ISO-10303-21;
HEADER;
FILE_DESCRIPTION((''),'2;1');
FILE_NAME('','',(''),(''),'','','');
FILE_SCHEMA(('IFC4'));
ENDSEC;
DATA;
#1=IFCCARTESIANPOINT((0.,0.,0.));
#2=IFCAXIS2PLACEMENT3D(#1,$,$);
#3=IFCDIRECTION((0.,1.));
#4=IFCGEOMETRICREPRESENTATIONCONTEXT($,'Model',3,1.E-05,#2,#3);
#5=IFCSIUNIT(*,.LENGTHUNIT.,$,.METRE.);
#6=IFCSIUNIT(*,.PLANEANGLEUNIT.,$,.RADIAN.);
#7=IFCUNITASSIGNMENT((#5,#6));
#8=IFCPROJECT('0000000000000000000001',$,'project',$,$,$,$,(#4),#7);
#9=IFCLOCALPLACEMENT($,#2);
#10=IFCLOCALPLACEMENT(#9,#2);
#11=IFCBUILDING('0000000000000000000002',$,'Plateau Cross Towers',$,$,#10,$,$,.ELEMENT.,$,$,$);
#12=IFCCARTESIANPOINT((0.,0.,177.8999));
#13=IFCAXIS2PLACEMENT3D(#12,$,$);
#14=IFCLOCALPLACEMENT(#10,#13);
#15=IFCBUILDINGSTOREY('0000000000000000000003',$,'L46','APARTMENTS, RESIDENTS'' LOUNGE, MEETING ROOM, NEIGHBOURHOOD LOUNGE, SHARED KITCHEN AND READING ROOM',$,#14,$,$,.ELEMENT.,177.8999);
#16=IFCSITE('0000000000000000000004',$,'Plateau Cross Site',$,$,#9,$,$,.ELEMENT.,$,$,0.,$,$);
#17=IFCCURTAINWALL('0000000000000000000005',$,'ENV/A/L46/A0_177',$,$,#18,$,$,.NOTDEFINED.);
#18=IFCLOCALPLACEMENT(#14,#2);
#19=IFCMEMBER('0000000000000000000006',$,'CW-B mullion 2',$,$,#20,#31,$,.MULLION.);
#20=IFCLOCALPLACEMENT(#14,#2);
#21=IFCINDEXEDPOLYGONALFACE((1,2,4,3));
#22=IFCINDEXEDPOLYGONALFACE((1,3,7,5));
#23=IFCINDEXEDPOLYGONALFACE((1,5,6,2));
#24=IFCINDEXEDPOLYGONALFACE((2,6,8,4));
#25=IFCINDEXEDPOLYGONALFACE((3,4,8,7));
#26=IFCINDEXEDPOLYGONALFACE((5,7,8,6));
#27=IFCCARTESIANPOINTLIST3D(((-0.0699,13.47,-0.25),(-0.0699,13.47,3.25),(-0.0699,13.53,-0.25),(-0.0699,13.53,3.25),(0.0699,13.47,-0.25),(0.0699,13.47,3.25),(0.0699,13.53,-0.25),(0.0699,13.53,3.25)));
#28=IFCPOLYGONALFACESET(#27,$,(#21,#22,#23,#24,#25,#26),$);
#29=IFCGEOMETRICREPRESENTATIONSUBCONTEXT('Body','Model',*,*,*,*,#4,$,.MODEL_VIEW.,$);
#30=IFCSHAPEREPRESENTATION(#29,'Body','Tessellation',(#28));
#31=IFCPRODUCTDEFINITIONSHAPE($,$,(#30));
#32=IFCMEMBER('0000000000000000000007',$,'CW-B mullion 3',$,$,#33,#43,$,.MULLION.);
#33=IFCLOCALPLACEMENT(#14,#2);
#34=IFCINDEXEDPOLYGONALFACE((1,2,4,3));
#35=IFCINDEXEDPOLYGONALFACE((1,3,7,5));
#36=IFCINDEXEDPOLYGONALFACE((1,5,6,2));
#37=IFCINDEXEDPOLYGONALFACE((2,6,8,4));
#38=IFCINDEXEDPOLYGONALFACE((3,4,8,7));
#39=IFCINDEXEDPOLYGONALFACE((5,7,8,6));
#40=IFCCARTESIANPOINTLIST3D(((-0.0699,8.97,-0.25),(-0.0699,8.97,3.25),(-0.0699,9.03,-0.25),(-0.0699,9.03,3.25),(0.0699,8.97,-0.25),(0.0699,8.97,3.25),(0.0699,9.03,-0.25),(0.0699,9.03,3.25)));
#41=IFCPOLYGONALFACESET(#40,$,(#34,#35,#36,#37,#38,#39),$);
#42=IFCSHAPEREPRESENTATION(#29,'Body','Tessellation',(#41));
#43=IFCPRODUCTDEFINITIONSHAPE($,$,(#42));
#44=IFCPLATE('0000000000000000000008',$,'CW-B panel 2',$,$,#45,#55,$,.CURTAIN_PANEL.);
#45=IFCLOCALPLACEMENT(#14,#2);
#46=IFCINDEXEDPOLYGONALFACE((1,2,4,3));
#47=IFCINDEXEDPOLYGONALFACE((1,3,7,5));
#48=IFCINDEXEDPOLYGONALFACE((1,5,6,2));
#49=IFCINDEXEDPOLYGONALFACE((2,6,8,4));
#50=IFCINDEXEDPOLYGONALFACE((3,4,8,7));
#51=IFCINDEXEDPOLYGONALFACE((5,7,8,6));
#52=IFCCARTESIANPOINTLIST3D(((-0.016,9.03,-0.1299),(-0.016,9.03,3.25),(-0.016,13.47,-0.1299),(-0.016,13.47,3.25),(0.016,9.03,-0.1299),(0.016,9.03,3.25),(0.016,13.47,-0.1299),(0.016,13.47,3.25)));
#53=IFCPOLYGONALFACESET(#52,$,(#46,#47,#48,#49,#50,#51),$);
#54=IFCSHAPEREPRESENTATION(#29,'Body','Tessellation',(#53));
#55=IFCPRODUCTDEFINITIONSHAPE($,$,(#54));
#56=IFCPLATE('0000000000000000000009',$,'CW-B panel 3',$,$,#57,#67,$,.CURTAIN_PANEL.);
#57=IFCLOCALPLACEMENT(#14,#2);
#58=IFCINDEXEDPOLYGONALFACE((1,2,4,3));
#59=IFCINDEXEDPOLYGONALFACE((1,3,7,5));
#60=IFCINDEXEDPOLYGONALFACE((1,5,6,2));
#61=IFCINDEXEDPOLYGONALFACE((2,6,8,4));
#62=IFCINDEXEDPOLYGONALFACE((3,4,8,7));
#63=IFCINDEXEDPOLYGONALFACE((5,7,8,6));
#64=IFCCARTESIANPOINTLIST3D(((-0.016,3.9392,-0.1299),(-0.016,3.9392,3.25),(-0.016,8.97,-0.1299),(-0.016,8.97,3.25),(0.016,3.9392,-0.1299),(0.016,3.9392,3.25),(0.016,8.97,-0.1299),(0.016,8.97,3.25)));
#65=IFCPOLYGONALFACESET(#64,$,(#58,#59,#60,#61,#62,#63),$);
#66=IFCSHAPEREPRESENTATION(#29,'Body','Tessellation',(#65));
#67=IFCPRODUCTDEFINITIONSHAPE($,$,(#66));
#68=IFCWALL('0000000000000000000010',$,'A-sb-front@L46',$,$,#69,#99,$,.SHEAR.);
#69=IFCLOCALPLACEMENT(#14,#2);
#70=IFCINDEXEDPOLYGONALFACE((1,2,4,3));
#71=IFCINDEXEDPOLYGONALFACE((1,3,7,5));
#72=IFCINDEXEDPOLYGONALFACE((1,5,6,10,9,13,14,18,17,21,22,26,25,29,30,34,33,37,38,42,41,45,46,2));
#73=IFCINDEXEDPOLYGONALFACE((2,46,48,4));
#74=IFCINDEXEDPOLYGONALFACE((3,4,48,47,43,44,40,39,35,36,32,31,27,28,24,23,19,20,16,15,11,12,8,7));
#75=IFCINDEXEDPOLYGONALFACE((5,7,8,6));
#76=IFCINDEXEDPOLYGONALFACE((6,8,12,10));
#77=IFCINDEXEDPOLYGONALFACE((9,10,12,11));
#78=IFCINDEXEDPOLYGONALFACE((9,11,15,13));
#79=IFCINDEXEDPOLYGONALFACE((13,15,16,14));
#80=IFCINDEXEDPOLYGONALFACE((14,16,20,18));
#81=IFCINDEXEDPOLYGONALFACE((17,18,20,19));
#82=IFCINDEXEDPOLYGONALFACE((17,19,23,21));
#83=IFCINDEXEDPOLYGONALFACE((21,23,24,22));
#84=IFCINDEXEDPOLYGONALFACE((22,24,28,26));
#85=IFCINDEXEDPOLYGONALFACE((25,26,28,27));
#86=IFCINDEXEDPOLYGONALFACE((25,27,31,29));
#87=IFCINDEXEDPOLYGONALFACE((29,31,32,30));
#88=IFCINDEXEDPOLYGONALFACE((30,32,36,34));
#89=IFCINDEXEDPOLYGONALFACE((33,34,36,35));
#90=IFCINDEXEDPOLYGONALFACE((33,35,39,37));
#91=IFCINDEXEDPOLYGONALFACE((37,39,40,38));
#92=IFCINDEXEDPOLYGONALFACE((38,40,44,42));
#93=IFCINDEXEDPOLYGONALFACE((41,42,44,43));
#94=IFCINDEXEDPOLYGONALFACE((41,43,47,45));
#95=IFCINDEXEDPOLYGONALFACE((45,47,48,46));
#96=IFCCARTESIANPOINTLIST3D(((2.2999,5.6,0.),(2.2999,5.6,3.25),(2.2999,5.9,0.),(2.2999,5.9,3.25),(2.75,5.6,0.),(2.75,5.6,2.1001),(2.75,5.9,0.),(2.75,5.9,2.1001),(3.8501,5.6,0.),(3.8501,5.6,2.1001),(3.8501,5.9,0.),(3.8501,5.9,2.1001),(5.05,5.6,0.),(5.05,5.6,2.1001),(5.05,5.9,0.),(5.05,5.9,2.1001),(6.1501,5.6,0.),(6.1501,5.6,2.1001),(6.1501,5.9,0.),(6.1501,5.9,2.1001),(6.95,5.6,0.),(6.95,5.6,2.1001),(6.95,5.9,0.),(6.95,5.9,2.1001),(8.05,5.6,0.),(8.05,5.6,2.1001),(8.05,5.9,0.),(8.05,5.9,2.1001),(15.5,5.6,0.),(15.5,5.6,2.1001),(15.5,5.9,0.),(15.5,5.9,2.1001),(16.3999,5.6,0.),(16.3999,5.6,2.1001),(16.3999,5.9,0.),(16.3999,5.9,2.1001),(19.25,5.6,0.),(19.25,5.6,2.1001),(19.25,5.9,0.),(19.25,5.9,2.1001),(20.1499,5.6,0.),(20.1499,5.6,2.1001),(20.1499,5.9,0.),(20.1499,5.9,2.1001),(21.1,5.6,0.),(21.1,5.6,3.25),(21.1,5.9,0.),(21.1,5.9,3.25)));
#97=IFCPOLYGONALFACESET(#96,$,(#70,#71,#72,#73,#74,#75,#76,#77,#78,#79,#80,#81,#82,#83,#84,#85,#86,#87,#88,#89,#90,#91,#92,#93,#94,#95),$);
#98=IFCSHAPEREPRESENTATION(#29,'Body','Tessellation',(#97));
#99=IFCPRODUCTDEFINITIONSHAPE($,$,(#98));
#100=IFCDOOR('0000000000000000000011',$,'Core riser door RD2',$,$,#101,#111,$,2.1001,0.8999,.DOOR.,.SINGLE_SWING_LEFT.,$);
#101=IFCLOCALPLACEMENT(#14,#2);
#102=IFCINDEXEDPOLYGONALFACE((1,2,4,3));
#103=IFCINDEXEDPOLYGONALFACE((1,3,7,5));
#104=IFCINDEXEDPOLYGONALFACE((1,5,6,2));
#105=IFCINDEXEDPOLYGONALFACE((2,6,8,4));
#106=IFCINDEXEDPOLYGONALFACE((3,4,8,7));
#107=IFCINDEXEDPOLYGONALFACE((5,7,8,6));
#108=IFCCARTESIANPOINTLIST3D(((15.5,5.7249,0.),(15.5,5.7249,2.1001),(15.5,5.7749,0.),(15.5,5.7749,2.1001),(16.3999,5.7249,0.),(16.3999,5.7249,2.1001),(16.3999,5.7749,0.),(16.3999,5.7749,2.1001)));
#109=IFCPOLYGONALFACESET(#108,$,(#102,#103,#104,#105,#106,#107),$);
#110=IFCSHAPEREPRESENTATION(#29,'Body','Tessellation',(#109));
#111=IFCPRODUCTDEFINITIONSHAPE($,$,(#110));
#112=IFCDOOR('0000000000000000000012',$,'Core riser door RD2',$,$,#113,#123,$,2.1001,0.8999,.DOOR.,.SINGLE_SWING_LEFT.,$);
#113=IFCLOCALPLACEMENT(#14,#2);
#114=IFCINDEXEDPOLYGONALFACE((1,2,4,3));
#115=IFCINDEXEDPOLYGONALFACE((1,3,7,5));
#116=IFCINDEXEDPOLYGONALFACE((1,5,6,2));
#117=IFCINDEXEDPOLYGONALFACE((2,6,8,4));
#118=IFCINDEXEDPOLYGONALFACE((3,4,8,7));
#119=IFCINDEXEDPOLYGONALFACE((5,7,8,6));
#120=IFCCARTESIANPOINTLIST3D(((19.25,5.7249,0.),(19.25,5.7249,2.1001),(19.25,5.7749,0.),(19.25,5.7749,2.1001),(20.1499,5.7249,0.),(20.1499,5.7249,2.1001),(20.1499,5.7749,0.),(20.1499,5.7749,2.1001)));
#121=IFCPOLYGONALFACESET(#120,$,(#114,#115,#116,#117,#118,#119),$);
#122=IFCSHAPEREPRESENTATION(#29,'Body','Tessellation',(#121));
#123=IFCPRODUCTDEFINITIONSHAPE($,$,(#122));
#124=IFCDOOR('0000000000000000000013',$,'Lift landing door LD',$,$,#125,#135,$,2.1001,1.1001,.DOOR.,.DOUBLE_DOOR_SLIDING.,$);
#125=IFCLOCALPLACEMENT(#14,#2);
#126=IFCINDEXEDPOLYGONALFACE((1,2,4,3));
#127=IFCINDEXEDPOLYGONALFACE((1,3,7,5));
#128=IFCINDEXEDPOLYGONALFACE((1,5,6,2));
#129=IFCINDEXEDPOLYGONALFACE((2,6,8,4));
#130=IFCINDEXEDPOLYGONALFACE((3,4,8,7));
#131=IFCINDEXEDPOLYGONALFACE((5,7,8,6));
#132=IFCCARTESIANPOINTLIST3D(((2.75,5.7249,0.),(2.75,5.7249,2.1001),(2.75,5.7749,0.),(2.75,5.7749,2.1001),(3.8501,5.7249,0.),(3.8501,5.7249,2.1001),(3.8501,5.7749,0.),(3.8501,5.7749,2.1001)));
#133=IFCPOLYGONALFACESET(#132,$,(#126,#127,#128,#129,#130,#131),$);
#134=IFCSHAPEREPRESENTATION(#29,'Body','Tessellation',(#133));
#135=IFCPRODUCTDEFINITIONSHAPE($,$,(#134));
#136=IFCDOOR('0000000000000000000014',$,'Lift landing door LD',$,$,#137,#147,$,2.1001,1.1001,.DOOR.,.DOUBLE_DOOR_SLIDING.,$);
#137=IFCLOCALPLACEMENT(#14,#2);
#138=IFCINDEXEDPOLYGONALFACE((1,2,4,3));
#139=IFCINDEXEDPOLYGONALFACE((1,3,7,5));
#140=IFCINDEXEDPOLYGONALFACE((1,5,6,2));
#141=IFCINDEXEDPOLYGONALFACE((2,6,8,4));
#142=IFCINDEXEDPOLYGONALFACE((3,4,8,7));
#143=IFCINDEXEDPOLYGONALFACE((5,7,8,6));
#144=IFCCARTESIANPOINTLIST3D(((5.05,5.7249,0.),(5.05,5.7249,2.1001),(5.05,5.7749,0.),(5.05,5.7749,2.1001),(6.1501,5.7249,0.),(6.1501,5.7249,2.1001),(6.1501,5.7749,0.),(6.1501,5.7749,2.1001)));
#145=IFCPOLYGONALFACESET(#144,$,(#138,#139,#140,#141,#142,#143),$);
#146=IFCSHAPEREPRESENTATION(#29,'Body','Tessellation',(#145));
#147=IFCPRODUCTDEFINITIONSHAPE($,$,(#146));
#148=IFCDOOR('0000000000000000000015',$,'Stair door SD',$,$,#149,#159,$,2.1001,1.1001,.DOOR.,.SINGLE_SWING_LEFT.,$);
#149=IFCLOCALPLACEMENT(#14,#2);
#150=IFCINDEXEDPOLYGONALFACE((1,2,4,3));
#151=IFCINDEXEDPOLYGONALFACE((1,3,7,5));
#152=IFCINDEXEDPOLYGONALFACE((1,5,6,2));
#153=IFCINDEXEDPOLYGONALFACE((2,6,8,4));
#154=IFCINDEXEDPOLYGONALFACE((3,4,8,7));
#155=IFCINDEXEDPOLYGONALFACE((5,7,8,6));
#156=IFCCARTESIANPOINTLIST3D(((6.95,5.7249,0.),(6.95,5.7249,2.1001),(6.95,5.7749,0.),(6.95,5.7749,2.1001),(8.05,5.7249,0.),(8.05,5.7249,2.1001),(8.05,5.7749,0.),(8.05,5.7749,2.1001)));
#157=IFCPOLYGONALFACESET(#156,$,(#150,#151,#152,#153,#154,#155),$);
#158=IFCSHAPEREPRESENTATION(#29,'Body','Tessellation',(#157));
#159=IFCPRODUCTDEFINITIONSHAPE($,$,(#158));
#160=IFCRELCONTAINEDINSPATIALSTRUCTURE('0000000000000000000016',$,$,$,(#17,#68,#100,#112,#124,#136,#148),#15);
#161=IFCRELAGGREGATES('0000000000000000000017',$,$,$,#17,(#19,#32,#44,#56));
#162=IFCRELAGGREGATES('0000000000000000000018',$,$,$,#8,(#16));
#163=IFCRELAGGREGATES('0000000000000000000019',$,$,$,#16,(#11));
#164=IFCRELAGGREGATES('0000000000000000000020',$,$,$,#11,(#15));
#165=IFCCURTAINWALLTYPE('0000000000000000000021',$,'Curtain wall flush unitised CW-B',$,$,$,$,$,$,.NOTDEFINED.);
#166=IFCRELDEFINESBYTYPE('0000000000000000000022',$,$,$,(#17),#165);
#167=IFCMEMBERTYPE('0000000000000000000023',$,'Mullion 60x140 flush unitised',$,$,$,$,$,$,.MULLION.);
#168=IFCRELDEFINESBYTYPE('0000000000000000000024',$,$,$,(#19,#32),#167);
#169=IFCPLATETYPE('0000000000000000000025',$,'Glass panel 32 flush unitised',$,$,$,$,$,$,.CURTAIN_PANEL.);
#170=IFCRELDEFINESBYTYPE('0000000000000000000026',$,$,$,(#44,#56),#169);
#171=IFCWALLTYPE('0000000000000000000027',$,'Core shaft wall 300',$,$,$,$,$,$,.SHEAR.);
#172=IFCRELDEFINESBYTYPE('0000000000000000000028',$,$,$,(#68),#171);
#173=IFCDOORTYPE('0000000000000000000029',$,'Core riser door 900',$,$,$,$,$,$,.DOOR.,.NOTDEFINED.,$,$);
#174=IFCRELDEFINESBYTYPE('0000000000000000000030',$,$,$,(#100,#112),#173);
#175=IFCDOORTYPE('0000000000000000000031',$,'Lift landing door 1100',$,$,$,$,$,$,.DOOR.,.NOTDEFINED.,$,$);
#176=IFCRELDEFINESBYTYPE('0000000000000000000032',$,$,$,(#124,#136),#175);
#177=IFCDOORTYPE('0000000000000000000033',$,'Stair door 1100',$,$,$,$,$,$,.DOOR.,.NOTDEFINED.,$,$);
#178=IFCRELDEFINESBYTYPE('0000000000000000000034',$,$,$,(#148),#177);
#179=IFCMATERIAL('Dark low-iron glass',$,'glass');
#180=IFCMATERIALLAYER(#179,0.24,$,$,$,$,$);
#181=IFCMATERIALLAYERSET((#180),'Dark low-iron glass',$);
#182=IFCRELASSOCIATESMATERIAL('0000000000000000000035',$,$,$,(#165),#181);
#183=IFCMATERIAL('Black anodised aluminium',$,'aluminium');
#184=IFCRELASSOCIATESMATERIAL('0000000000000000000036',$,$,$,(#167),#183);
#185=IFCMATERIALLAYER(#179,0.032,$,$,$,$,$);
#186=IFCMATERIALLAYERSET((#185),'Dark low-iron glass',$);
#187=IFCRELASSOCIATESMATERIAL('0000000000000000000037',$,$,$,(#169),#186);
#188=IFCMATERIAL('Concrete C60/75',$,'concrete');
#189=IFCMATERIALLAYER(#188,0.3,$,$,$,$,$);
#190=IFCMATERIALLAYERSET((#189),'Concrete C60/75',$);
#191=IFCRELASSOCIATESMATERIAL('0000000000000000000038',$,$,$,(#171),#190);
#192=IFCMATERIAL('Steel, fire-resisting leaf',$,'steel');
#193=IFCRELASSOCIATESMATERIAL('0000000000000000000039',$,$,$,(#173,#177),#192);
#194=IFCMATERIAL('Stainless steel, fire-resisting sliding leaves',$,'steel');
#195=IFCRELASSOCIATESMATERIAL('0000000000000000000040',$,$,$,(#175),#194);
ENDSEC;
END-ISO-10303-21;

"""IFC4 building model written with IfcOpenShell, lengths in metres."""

from ifc_helpers import new_model, si_unit, direction, frame, frame_2d, origin, origin_2d, place, context, subcontext, project, spatial, rectangle, extrude, material, layer, layer_set, material_profile, profile_set, type_object, element, fill, aggregate, save


model = new_model("IFC4")

# Units and contexts
model_context = context("Model", 3, precision=1e-05, world=origin(), true_north=direction((0.0, 1.0)))
body_context = subcontext(model_context, "Body", "Model", "MODEL_VIEW")
ifc_project = project(units=[si_unit("LENGTHUNIT", "METRE"), si_unit("PLANEANGLEUNIT", "RADIAN")], contexts=[model_context])

# Site, building, storey
site_placement = place(None, origin())
site = spatial("IfcSite", under=ifc_project, at=site_placement, Name="Plateau Cross Site", CompositionType="ELEMENT", RefElevation=0.0)
building_placement = place(site_placement, origin())
building = spatial("IfcBuilding", under=site, at=building_placement, Name="Plateau Cross Towers", CompositionType="ELEMENT")
storey_placement = place(building_placement, frame((0.0, 0.0, 177.8999)))
storey = spatial("IfcBuildingStorey", under=building, at=storey_placement, Name="L46", Description="APARTMENTS, RESIDENTS' LOUNGE, MEETING ROOM, NEIGHBOURHOOD LOUNGE, SHARED KITCHEN AND READING ROOM", CompositionType="ELEMENT", Elevation=177.8999)

# Curtain wall, members, plates
ifc_material_1 = material(Name="Dark low-iron glass", Category="glass")
ifc_layer_1 = layer(ifc_material_1, 0.24)
ifc_layer_set_1 = layer_set([ifc_layer_1], Name="Dark low-iron glass")
curtain_wall_type = type_object("IfcCurtainWallType", Name="Curtain wall flush unitised CW-B", PredefinedType="NOTDEFINED", material=ifc_layer_set_1)
curtain_wall_placement = place(storey_placement, origin())
curtain_wall = element("IfcCurtainWall", 1, at=curtain_wall_placement, inside=storey, type_object=curtain_wall_type, Name="ENV/A/L46/A0_177", PredefinedType="NOTDEFINED")
ifc_material_2 = material(Name="Black anodised aluminium", Category="aluminium")
ifc_material_profile = material_profile(ifc_material_2, rectangle(XDim=0.0601, YDim=0.1399, at=origin_2d()), Name="MULLION 60x140")
ifc_profile_set = profile_set([ifc_material_profile], Name="Black anodised aluminium")
member_type = type_object("IfcMemberType", Name="Mullion 60x140 flush unitised", PredefinedType="MULLION", material=ifc_profile_set)
member_1_placement = place(storey_placement, frame((0.0, 13.5, -0.25), z_axis=(0.0, 0.0, 1.0), x_axis=(0.0, -1.0, 0.0)))
member_1 = element("IfcMember", 2, at=member_1_placement, type_object=member_type, Name="CW-B mullion 2", PredefinedType="MULLION", context=body_context, shape_type="SweptSolid", body=[
    extrude(rectangle(XDim=0.0601, YDim=0.1399, at=origin_2d()), origin(), (0.0, 0.0, 1.0), 3.5),
])
member_2_placement = place(storey_placement, frame((0.0, 9.0, -0.25), z_axis=(0.0, 0.0, 1.0), x_axis=(0.0, -1.0, 0.0)))
member_2 = element("IfcMember", 3, at=member_2_placement, type_object=member_type, Name="CW-B mullion 3", PredefinedType="MULLION", context=body_context, shape_type="SweptSolid", body=[
    extrude(rectangle(XDim=0.0601, YDim=0.1399, at=origin_2d()), origin(), (0.0, 0.0, 1.0), 3.5),
])
ifc_layer_2 = layer(ifc_material_1, 0.032)
ifc_layer_set_2 = layer_set([ifc_layer_2], Name="Dark low-iron glass")
plate_type = type_object("IfcPlateType", Name="Glass panel 32 flush unitised", PredefinedType="CURTAIN_PANEL", material=ifc_layer_set_2)
plate_1_placement = place(storey_placement, frame((0.0, 11.25, -0.1299), z_axis=(0.0, 0.0, 1.0), x_axis=(0.0, -1.0, 0.0)))
plate_1 = element("IfcPlate", 4, at=plate_1_placement, type_object=plate_type, Name="CW-B panel 2", PredefinedType="CURTAIN_PANEL", context=body_context, shape_type="SweptSolid", body=[
    extrude(rectangle(XDim=4.4399, YDim=0.032, at=origin_2d()), origin(), (0.0, 0.0, 1.0), 3.3799),
])
plate_2_placement = place(storey_placement, frame((0.0, 6.4546, -0.1299), z_axis=(0.0, 0.0, 1.0), x_axis=(0.0, -1.0, 0.0)))
plate_2 = element("IfcPlate", 5, at=plate_2_placement, type_object=plate_type, Name="CW-B panel 3", PredefinedType="CURTAIN_PANEL", context=body_context, shape_type="SweptSolid", body=[
    extrude(rectangle(XDim=5.0308, YDim=0.032, at=origin_2d()), origin(), (0.0, 0.0, 1.0), 3.3799),
])
aggregate(curtain_wall, [member_1, member_2, plate_1, plate_2])

# Wall, openings, doors
ifc_material_3 = material(Name="Concrete C60/75", Category="concrete")
ifc_layer_3 = layer(ifc_material_3, 0.3)
ifc_layer_set_3 = layer_set([ifc_layer_3], Name="Concrete C60/75")
wall_type = type_object("IfcWallType", Name="Core shaft wall 300", PredefinedType="SHEAR", material=ifc_layer_set_3)
wall_1_placement = place(storey_placement, frame((2.3, 5.75, 0.0), z_axis=(0.0, 0.0, 1.0), x_axis=(1.0, 0.0, 0.0)))
wall_1 = element("IfcWall", 6, at=wall_1_placement, inside=storey, type_object=wall_type, Name="A-sb-front@L46", PredefinedType="SHEAR", context=body_context, shape_type="SweptSolid", body=[
    extrude(rectangle(XDim=18.8, YDim=0.3, at=frame_2d((9.3999, 0.0))), origin(), (0.0, 0.0, 1.0), 3.25),
])
opening_1_placement = place(wall_1_placement, frame((4.6499, 0.0, 0.0)))
opening_1 = element("IfcOpeningElement", 7, at=opening_1_placement, cuts=wall_1, PredefinedType="OPENING", context=body_context, shape_type="SweptSolid", body=[
    extrude(rectangle(XDim=1.1001, YDim=2.1001, at=frame_2d((0.55, 1.05))), frame((0.0, 0.1599, 0.0), z_axis=(0.0, -1.0, 0.0), x_axis=(1.0, 0.0, 0.0)), (0.0, 0.0, 1.0), 0.3201),
])
opening_2_placement = place(wall_1_placement, frame((0.45, 0.0, 0.0)))
opening_2 = element("IfcOpeningElement", 8, at=opening_2_placement, cuts=wall_1, PredefinedType="OPENING", context=body_context, shape_type="SweptSolid", body=[
    extrude(rectangle(XDim=1.1001, YDim=2.1001, at=frame_2d((0.55, 1.05))), frame((0.0, 0.1599, 0.0), z_axis=(0.0, -1.0, 0.0), x_axis=(1.0, 0.0, 0.0)), (0.0, 0.0, 1.0), 0.3201),
])
opening_3_placement = place(wall_1_placement, frame((2.75, 0.0, 0.0)))
opening_3 = element("IfcOpeningElement", 9, at=opening_3_placement, cuts=wall_1, PredefinedType="OPENING", context=body_context, shape_type="SweptSolid", body=[
    extrude(rectangle(XDim=1.1001, YDim=2.1001, at=frame_2d((0.55, 1.05))), frame((0.0, 0.1599, 0.0), z_axis=(0.0, -1.0, 0.0), x_axis=(1.0, 0.0, 0.0)), (0.0, 0.0, 1.0), 0.3201),
])
opening_4_placement = place(wall_1_placement, frame((13.2, 0.0, 0.0)))
opening_4 = element("IfcOpeningElement", 10, at=opening_4_placement, cuts=wall_1, PredefinedType="OPENING", context=body_context, shape_type="SweptSolid", body=[
    extrude(rectangle(XDim=0.8999, YDim=2.1001, at=frame_2d((0.45, 1.05))), frame((0.0, 0.1599, 0.0), z_axis=(0.0, -1.0, 0.0), x_axis=(1.0, 0.0, 0.0)), (0.0, 0.0, 1.0), 0.3201),
])
opening_5_placement = place(wall_1_placement, frame((16.95, 0.0, 0.0)))
opening_5 = element("IfcOpeningElement", 11, at=opening_5_placement, cuts=wall_1, PredefinedType="OPENING", context=body_context, shape_type="SweptSolid", body=[
    extrude(rectangle(XDim=0.8999, YDim=2.1001, at=frame_2d((0.45, 1.05))), frame((0.0, 0.1599, 0.0), z_axis=(0.0, -1.0, 0.0), x_axis=(1.0, 0.0, 0.0)), (0.0, 0.0, 1.0), 0.3201),
])
ifc_material_4 = material(Name="Steel, fire-resisting leaf", Category="steel")
door_type_1 = type_object("IfcDoorType", Name="Core riser door 900", OperationType="NOTDEFINED", PredefinedType="DOOR", material=ifc_material_4)
door_1_placement = place(opening_4_placement, origin())
door_1 = element("IfcDoor", 12, at=door_1_placement, inside=storey, type_object=door_type_1, Name="Core riser door RD2", OperationType="SINGLE_SWING_LEFT", OverallHeight=2.1001, OverallWidth=0.8999, PredefinedType="DOOR", context=body_context, shape_type="SweptSolid", body=[
    extrude(rectangle(XDim=0.8999, YDim=2.1001, at=frame_2d((0.45, 1.05))), frame((0.0, 0.0249, 0.0), z_axis=(0.0, -1.0, 0.0), x_axis=(1.0, 0.0, 0.0)), (0.0, 0.0, 1.0), 0.05),
])
fill(opening_4, door_1)
door_2_placement = place(opening_5_placement, origin())
door_2 = element("IfcDoor", 13, at=door_2_placement, inside=storey, type_object=door_type_1, Name="Core riser door RD2", OperationType="SINGLE_SWING_LEFT", OverallHeight=2.1001, OverallWidth=0.8999, PredefinedType="DOOR", context=body_context, shape_type="SweptSolid", body=[
    extrude(rectangle(XDim=0.8999, YDim=2.1001, at=frame_2d((0.45, 1.05))), frame((0.0, 0.0249, 0.0), z_axis=(0.0, -1.0, 0.0), x_axis=(1.0, 0.0, 0.0)), (0.0, 0.0, 1.0), 0.05),
])
fill(opening_5, door_2)
ifc_material_5 = material(Name="Stainless steel, fire-resisting sliding leaves", Category="steel")
door_type_2 = type_object("IfcDoorType", Name="Lift landing door 1100", OperationType="NOTDEFINED", PredefinedType="DOOR", material=ifc_material_5)
door_3_placement = place(opening_2_placement, origin())
door_3 = element("IfcDoor", 14, at=door_3_placement, inside=storey, type_object=door_type_2, Name="Lift landing door LD", OperationType="DOUBLE_DOOR_SLIDING", OverallHeight=2.1001, OverallWidth=1.1001, PredefinedType="DOOR", context=body_context, shape_type="SweptSolid", body=[
    extrude(rectangle(XDim=1.1001, YDim=2.1001, at=frame_2d((0.55, 1.05))), frame((0.0, 0.0249, 0.0), z_axis=(0.0, -1.0, 0.0), x_axis=(1.0, 0.0, 0.0)), (0.0, 0.0, 1.0), 0.05),
])
fill(opening_2, door_3)
door_4_placement = place(opening_3_placement, origin())
door_4 = element("IfcDoor", 15, at=door_4_placement, inside=storey, type_object=door_type_2, Name="Lift landing door LD", OperationType="DOUBLE_DOOR_SLIDING", OverallHeight=2.1001, OverallWidth=1.1001, PredefinedType="DOOR", context=body_context, shape_type="SweptSolid", body=[
    extrude(rectangle(XDim=1.1001, YDim=2.1001, at=frame_2d((0.55, 1.05))), frame((0.0, 0.0249, 0.0), z_axis=(0.0, -1.0, 0.0), x_axis=(1.0, 0.0, 0.0)), (0.0, 0.0, 1.0), 0.05),
])
fill(opening_3, door_4)
door_type_3 = type_object("IfcDoorType", Name="Stair door 1100", OperationType="NOTDEFINED", PredefinedType="DOOR", material=ifc_material_4)
door_5_placement = place(opening_1_placement, origin())
door_5 = element("IfcDoor", 16, at=door_5_placement, inside=storey, type_object=door_type_3, Name="Stair door SD", OperationType="SINGLE_SWING_LEFT", OverallHeight=2.1001, OverallWidth=1.1001, PredefinedType="DOOR", context=body_context, shape_type="SweptSolid", body=[
    extrude(rectangle(XDim=1.1001, YDim=2.1001, at=frame_2d((0.55, 1.05))), frame((0.0, 0.0249, 0.0), z_axis=(0.0, -1.0, 0.0), x_axis=(1.0, 0.0, 0.0)), (0.0, 0.0, 1.0), 0.05),
])
fill(opening_1, door_5)

save(model, "model.ifc")
